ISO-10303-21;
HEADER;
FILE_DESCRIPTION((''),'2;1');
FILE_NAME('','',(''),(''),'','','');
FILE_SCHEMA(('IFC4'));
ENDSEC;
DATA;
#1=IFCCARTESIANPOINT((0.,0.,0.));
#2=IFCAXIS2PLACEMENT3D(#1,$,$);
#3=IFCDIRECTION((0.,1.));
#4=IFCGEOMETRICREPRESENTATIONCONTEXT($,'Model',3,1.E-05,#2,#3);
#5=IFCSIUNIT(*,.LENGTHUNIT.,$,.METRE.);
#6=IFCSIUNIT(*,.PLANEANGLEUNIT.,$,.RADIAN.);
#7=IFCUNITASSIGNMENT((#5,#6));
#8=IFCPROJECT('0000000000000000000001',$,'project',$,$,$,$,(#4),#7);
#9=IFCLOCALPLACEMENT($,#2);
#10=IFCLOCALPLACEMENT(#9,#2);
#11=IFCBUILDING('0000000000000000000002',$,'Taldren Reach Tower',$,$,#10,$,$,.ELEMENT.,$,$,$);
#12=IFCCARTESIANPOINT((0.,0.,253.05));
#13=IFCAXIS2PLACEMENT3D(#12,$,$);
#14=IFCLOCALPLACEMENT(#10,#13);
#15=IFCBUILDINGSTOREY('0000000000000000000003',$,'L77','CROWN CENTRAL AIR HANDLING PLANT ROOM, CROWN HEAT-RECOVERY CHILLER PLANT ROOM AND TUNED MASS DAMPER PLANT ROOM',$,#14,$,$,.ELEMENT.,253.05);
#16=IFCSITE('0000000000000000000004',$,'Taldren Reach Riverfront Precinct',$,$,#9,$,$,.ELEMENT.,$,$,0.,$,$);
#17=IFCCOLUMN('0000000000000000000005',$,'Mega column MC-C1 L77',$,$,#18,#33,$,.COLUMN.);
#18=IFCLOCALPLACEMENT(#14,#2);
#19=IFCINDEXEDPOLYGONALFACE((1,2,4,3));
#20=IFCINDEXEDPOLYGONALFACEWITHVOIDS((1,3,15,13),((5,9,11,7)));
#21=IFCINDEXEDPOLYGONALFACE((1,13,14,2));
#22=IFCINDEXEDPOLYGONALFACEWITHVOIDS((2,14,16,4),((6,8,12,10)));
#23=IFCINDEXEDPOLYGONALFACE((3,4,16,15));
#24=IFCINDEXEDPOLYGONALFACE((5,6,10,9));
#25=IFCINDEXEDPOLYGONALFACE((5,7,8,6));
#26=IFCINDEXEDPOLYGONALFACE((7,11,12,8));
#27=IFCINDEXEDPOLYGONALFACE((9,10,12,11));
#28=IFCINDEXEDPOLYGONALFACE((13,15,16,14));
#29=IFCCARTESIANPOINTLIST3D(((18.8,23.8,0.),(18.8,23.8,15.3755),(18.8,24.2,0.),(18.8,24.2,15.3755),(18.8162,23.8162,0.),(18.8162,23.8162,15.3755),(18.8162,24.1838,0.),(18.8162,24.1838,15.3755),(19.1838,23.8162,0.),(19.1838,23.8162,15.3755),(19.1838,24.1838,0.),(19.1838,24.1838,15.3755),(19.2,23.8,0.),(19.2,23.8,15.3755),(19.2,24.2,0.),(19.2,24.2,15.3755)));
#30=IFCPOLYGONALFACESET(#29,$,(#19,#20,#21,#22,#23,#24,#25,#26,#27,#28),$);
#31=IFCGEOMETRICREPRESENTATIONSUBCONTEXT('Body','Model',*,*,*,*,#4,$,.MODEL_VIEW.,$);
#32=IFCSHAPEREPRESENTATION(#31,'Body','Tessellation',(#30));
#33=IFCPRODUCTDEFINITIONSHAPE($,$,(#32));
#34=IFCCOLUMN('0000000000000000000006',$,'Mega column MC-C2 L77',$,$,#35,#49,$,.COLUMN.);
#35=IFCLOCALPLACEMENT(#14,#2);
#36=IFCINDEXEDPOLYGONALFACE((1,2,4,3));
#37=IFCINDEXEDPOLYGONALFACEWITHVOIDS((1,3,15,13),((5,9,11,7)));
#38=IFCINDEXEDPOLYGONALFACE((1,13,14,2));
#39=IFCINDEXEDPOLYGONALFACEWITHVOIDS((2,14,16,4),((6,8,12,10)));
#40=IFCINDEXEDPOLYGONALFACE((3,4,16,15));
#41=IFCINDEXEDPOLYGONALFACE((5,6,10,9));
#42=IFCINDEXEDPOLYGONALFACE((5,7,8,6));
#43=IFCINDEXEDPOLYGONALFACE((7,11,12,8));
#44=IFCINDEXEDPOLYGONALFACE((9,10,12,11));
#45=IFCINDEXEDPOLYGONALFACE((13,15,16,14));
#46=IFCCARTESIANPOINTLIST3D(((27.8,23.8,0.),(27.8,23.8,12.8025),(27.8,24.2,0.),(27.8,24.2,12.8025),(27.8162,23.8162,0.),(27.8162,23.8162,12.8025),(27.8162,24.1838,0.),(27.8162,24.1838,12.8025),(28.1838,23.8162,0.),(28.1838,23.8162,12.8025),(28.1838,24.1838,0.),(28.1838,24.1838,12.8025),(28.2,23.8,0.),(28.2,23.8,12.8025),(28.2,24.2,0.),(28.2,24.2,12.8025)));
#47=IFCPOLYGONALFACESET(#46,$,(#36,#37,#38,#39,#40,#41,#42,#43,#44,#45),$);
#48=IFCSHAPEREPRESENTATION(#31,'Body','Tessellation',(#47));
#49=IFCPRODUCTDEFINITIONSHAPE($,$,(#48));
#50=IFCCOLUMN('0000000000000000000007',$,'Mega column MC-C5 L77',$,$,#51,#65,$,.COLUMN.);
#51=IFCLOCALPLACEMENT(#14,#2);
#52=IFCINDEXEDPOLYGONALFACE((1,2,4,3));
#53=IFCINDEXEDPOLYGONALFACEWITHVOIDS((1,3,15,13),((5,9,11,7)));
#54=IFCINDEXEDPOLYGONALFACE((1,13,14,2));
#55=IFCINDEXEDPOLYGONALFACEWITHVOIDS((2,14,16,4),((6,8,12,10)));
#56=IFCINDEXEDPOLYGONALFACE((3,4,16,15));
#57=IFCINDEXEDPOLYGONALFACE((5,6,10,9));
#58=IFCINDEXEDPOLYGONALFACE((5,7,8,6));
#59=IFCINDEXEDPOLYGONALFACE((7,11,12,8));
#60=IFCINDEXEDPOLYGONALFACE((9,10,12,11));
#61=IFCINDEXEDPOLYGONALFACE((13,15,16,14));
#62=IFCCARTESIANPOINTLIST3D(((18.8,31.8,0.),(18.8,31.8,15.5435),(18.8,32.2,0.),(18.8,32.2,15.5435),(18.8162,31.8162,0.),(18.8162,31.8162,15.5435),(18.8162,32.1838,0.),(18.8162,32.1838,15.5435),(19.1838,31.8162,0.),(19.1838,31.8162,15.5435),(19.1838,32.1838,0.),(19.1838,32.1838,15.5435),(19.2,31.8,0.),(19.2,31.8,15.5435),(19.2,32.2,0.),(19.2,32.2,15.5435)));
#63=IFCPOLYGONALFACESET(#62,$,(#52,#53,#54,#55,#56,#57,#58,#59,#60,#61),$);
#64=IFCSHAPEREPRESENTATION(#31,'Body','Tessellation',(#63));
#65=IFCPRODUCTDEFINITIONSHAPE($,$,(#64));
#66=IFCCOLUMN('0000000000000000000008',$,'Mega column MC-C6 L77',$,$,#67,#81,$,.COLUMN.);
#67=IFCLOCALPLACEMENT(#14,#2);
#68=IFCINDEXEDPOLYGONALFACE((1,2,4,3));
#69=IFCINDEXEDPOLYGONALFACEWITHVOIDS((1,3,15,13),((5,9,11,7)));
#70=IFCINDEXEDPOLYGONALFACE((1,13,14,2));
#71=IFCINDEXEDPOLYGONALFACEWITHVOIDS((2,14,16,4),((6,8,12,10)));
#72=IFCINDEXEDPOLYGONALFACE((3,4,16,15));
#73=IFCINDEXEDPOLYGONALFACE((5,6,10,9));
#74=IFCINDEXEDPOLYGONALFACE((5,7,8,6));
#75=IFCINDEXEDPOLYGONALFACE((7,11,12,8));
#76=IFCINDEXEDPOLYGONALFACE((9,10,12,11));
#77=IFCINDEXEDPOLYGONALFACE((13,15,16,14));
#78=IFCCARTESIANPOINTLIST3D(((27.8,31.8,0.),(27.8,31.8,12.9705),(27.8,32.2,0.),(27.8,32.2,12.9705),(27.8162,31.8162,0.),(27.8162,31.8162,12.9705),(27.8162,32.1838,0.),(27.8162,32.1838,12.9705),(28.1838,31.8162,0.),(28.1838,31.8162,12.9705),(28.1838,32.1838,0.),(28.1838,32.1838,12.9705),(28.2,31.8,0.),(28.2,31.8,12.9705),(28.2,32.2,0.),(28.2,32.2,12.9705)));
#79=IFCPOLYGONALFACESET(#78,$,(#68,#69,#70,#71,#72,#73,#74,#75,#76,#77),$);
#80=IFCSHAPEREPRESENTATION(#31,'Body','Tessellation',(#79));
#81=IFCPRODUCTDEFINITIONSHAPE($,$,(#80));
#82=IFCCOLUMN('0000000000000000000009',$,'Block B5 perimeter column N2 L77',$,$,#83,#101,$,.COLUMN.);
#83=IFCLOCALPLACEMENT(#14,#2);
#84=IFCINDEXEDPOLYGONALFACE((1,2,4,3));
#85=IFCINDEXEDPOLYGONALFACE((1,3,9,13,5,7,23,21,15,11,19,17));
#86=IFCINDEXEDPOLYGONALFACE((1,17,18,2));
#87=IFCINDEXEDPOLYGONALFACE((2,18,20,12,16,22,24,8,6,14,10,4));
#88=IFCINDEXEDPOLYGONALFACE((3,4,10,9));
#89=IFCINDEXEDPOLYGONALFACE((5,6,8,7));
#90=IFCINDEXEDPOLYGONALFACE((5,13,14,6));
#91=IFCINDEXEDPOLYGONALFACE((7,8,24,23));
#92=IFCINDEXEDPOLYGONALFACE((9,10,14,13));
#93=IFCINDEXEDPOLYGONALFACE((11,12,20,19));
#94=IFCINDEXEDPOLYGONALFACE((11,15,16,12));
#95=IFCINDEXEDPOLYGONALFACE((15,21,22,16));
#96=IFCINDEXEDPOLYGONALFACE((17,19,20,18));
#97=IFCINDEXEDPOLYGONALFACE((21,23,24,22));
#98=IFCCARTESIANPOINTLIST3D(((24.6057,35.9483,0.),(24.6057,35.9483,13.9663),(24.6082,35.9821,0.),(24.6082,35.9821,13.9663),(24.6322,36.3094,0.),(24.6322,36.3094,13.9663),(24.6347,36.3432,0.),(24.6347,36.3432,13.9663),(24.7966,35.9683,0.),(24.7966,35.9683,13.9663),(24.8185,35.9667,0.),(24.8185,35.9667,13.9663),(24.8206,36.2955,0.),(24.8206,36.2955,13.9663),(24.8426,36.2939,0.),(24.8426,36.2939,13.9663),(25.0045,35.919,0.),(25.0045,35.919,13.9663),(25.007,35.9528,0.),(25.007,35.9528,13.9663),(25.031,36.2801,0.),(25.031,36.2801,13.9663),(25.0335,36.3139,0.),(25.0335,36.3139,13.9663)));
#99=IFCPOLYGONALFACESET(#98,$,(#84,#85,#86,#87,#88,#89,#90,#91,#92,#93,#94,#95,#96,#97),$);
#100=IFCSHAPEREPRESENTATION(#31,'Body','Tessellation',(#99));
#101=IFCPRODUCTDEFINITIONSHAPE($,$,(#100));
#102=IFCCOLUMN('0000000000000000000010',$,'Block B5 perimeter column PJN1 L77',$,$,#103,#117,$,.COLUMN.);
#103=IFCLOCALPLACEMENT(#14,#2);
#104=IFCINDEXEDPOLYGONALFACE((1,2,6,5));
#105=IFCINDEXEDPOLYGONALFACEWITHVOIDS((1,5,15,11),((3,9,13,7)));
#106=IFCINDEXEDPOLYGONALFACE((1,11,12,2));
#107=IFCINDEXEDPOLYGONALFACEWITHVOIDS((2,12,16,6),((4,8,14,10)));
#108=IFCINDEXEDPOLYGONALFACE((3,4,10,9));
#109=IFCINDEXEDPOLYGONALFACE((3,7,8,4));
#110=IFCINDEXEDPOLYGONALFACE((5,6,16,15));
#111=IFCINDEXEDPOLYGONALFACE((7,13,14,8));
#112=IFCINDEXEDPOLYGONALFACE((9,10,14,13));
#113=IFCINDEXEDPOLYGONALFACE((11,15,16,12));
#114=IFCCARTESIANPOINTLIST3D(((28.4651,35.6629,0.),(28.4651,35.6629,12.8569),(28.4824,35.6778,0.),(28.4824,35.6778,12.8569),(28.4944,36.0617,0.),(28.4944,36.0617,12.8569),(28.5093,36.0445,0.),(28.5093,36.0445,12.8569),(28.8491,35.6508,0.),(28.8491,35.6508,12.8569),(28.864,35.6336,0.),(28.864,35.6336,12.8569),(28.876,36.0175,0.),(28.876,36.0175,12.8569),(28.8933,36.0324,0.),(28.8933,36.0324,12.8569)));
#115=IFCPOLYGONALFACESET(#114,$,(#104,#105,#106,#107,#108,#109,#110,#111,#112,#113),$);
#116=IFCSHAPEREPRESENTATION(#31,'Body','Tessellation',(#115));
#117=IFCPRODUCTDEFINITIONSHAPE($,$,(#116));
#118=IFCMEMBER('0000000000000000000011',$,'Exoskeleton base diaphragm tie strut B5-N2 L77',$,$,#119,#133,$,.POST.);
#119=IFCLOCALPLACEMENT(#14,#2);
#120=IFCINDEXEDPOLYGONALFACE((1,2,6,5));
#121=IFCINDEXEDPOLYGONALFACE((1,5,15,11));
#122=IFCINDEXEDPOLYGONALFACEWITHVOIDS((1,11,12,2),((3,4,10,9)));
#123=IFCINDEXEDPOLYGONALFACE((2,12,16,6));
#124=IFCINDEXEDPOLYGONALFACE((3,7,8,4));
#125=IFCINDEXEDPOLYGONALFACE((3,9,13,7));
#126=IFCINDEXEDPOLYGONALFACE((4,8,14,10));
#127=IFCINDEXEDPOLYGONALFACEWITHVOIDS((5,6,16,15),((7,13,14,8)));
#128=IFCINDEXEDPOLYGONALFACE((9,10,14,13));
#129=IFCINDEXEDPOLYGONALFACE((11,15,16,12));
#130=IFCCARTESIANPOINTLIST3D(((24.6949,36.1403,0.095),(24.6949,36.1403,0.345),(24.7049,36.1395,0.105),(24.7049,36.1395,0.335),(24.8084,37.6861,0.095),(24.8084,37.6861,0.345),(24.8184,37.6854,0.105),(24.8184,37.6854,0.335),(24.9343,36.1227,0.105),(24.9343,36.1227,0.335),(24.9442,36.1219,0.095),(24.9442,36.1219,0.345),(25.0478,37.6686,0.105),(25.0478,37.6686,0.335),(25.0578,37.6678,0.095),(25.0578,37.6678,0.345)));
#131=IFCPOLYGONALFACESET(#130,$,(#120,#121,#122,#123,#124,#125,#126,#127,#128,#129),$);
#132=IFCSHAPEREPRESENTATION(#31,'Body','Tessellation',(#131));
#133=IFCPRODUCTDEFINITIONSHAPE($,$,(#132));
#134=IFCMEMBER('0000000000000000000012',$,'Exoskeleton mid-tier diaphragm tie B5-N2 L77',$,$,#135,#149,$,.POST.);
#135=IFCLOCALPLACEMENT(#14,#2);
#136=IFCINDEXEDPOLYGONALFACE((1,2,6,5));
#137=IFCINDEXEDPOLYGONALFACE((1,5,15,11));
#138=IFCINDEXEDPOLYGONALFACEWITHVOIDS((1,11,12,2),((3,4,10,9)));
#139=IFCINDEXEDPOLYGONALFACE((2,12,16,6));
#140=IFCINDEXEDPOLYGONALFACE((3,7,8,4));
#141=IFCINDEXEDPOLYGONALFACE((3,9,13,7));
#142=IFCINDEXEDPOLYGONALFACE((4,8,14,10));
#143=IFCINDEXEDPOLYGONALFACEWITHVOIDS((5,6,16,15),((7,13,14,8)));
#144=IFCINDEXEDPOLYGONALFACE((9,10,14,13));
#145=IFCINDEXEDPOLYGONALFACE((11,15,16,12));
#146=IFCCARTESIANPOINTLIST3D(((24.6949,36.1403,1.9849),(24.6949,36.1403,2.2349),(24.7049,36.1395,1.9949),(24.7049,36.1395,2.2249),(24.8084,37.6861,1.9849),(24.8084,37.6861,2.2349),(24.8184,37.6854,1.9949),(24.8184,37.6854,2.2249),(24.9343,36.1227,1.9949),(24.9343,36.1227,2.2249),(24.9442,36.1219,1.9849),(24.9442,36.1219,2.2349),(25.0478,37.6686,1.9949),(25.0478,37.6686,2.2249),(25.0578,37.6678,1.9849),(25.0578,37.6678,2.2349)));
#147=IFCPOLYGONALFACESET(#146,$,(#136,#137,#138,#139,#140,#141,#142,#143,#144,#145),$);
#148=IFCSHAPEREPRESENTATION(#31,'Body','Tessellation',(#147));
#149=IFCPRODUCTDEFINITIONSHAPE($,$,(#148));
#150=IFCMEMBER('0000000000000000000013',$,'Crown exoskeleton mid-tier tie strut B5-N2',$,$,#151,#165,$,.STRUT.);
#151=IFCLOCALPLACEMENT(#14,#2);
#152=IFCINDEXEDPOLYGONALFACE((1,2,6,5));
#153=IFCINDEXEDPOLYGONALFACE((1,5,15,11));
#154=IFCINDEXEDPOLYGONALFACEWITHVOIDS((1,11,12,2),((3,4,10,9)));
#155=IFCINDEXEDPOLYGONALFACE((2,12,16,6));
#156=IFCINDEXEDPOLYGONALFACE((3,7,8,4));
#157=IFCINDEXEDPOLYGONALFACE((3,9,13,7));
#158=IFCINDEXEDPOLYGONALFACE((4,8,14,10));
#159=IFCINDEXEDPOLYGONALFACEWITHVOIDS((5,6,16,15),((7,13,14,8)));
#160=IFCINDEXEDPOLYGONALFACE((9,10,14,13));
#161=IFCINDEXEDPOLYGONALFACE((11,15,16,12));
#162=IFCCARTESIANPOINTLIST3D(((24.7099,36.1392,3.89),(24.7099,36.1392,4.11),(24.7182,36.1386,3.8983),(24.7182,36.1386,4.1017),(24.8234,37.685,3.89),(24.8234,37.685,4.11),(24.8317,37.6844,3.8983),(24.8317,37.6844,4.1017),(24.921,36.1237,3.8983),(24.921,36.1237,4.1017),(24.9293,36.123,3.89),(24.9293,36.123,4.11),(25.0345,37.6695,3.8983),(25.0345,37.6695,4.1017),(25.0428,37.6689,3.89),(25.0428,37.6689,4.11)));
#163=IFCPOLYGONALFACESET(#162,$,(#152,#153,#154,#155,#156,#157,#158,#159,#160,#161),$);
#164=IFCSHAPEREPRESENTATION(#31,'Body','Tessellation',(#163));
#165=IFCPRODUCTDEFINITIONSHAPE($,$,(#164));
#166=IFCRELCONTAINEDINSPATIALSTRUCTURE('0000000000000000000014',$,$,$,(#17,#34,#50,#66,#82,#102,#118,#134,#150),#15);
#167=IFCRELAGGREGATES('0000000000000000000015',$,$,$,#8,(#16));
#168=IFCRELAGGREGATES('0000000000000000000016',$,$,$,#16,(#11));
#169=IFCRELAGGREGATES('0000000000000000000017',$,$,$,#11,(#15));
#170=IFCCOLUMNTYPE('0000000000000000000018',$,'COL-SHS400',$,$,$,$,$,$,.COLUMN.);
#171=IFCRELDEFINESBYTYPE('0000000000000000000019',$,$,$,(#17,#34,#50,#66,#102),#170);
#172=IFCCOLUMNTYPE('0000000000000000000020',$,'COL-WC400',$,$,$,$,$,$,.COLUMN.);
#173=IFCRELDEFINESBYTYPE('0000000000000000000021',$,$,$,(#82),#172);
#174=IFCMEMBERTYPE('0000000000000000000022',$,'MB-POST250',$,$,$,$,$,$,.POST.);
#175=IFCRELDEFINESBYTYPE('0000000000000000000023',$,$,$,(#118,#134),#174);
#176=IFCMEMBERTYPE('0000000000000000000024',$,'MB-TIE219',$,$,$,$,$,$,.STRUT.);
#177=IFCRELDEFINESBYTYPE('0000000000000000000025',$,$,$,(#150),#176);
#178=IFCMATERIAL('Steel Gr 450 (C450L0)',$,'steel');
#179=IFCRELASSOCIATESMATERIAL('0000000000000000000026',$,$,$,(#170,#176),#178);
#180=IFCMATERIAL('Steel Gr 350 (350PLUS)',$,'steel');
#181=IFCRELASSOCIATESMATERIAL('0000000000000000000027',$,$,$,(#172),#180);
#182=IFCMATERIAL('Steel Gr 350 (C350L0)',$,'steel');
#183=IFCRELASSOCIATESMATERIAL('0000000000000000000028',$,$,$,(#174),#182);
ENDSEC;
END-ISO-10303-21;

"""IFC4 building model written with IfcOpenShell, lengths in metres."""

from ifc_helpers import new_model, si_unit, direction, frame, origin, origin_2d, place, context, subcontext, project, spatial, hollow_rectangle, i_section, extrude, source, transform, mapped, material, material_profile, profile_set, type_object, element, save


model = new_model("IFC4")

# Units and contexts
model_context = context("Model", 3, precision=1e-05, world=origin(), true_north=direction((0.0, 1.0)))
body_context = subcontext(model_context, "Body", "Model", "MODEL_VIEW")
ifc_project = project(units=[si_unit("LENGTHUNIT", "METRE"), si_unit("PLANEANGLEUNIT", "RADIAN")], contexts=[model_context])

# Site, building, storey
site_placement = place(None, origin())
site = spatial("IfcSite", under=ifc_project, at=site_placement, Name="Taldren Reach Riverfront Precinct", CompositionType="ELEMENT", RefElevation=0.0)
building_placement = place(site_placement, origin())
building = spatial("IfcBuilding", under=site, at=building_placement, Name="Taldren Reach Tower", CompositionType="ELEMENT")
storey_placement = place(building_placement, frame((0.0, 0.0, 253.05)))
storey = spatial("IfcBuildingStorey", under=building, at=storey_placement, Name="L77", Description="CROWN CENTRAL AIR HANDLING PLANT ROOM, CROWN HEAT-RECOVERY CHILLER PLANT ROOM AND TUNED MASS DAMPER PLANT ROOM", CompositionType="ELEMENT", Elevation=253.05)

# Columns
ifc_material_1 = material(Name="Steel Gr 450 (C450L0)", Category="steel")
ifc_material_profile_1 = material_profile(ifc_material_1, hollow_rectangle(XDim=0.3999, YDim=0.3999, WallThickness=0.0161, at=origin_2d()), Name="400x400x16.0SHS")
ifc_profile_set_1 = profile_set([ifc_material_profile_1], Name="Steel Gr 450 (C450L0)")
column_type_1 = type_object("IfcColumnType", Name="COL-SHS400", PredefinedType="COLUMN", material=ifc_profile_set_1)
shared_shape_1 = source(origin(), body_context, "Body", "SweptSolid", [
    extrude(hollow_rectangle(XDim=0.3999, YDim=0.3999, WallThickness=0.0161, at=origin_2d()), origin(), (0.0, 0.0, 1.0), 15.3755),
])
column_1_placement = place(storey_placement, frame((19.0, 24.0, 0.0), z_axis=(0.0, 0.0, 1.0), x_axis=(1.0, 0.0, 0.0)))
element("IfcColumn", 1, at=column_1_placement, inside=storey, type_object=column_type_1, Name="Mega column MC-C1 L77", PredefinedType="COLUMN", context=body_context, shape_type="MappedRepresentation", body=[
    mapped(shared_shape_1, transform((0.0, 0.0, 0.0), scale=1.0)),
])
shared_shape_2 = source(origin(), body_context, "Body", "SweptSolid", [
    extrude(hollow_rectangle(XDim=0.3999, YDim=0.3999, WallThickness=0.0161, at=origin_2d()), origin(), (0.0, 0.0, 1.0), 12.8025),
])
column_2_placement = place(storey_placement, frame((28.0, 24.0, 0.0), z_axis=(0.0, 0.0, 1.0), x_axis=(1.0, 0.0, 0.0)))
element("IfcColumn", 2, at=column_2_placement, inside=storey, type_object=column_type_1, Name="Mega column MC-C2 L77", PredefinedType="COLUMN", context=body_context, shape_type="MappedRepresentation", body=[
    mapped(shared_shape_2, transform((0.0, 0.0, 0.0), scale=1.0)),
])
shared_shape_3 = source(origin(), body_context, "Body", "SweptSolid", [
    extrude(hollow_rectangle(XDim=0.3999, YDim=0.3999, WallThickness=0.0161, at=origin_2d()), origin(), (0.0, 0.0, 1.0), 15.5435),
])
column_3_placement = place(storey_placement, frame((19.0, 32.0, 0.0), z_axis=(0.0, 0.0, 1.0), x_axis=(1.0, 0.0, 0.0)))
element("IfcColumn", 3, at=column_3_placement, inside=storey, type_object=column_type_1, Name="Mega column MC-C5 L77", PredefinedType="COLUMN", context=body_context, shape_type="MappedRepresentation", body=[
    mapped(shared_shape_3, transform((0.0, 0.0, 0.0), scale=1.0)),
])
shared_shape_4 = source(origin(), body_context, "Body", "SweptSolid", [
    extrude(hollow_rectangle(XDim=0.3999, YDim=0.3999, WallThickness=0.0161, at=origin_2d()), origin(), (0.0, 0.0, 1.0), 12.9705),
])
column_4_placement = place(storey_placement, frame((28.0, 32.0, 0.0), z_axis=(0.0, 0.0, 1.0), x_axis=(1.0, 0.0, 0.0)))
element("IfcColumn", 4, at=column_4_placement, inside=storey, type_object=column_type_1, Name="Mega column MC-C6 L77", PredefinedType="COLUMN", context=body_context, shape_type="MappedRepresentation", body=[
    mapped(shared_shape_4, transform((0.0, 0.0, 0.0), scale=1.0)),
])
ifc_material_2 = material(Name="Steel Gr 350 (350PLUS)", Category="steel")
ifc_material_profile_2 = material_profile(ifc_material_2, i_section(OverallWidth=0.3999, OverallDepth=0.396, WebThickness=0.022, FlangeThickness=0.0339, at=origin_2d()), Name="400WC270")
ifc_profile_set_2 = profile_set([ifc_material_profile_2], Name="Steel Gr 350 (350PLUS)")
column_type_2 = type_object("IfcColumnType", Name="COL-WC400", PredefinedType="COLUMN", material=ifc_profile_set_2)
shared_shape_5 = source(origin(), body_context, "Body", "SweptSolid", [
    extrude(i_section(OverallWidth=0.3999, OverallDepth=0.396, WebThickness=0.022, FlangeThickness=0.0339, at=origin_2d()), origin(), (0.0, 0.0, 1.0), 13.9663),
])
column_5_placement = place(storey_placement, frame((24.8196, 36.1311, 0.0), z_axis=(0.0, 0.0, 1.0), x_axis=(0.997314, -0.073238, 0.0)))
element("IfcColumn", 5, at=column_5_placement, inside=storey, type_object=column_type_2, Name="Block B5 perimeter column N2 L77", PredefinedType="COLUMN", context=body_context, shape_type="MappedRepresentation", body=[
    mapped(shared_shape_5, transform((0.0, 0.0, 0.0), scale=1.0)),
])
shared_shape_6 = source(origin(), body_context, "Body", "SweptSolid", [
    extrude(hollow_rectangle(XDim=0.3999, YDim=0.3999, WallThickness=0.0161, at=origin_2d()), origin(), (0.0, 0.0, 1.0), 12.8569),
])
column_6_placement = place(storey_placement, frame((28.6792, 35.8477, 0.0), z_axis=(0.0, 0.0, 1.0), x_axis=(0.997314, -0.073238, 0.0)))
element("IfcColumn", 6, at=column_6_placement, inside=storey, type_object=column_type_1, Name="Block B5 perimeter column PJN1 L77", PredefinedType="COLUMN", context=body_context, shape_type="MappedRepresentation", body=[
    mapped(shared_shape_6, transform((0.0, 0.0, 0.0), scale=1.0)),
])

# Members
ifc_material_3 = material(Name="Steel Gr 350 (C350L0)", Category="steel")
ifc_material_profile_3 = material_profile(ifc_material_3, hollow_rectangle(XDim=0.25, YDim=0.25, WallThickness=0.01, at=origin_2d()), Name="250x250x10.0SHS")
ifc_profile_set_3 = profile_set([ifc_material_profile_3], Name="Steel Gr 350 (C350L0)")
member_type_1 = type_object("IfcMemberType", Name="MB-POST250", PredefinedType="POST", material=ifc_profile_set_3)
shared_shape_7 = source(origin(), body_context, "Body", "SweptSolid", [
    extrude(hollow_rectangle(XDim=0.25, YDim=0.25, WallThickness=0.01, at=origin_2d()), origin(), (0.0, 0.0, 1.0), 1.55),
])
for number, where, z_axis, x_axis, name in (
    (7, (24.8196, 36.1311, 0.22), (0.073239, 0.997314, 0.0), (-0.997314, 0.073239, 0.0), "Exoskeleton base diaphragm tie strut B5-N2 L77"),
    (8, (24.8196, 36.1311, 2.1099), (0.073239, 0.997314, 0.0), (-0.997314, 0.073239, 0.0), "Exoskeleton mid-tier diaphragm tie B5-N2 L77"),
):
    element("IfcMember", number, at=place(storey_placement, frame(where, z_axis=z_axis, x_axis=x_axis)), inside=storey, type_object=member_type_1, Name=name, PredefinedType="POST", context=body_context, shape_type="MappedRepresentation", body=[
        mapped(shared_shape_7, transform((0.0, 0.0, 0.0), scale=1.0)),
    ])
ifc_material_profile_4 = material_profile(ifc_material_1, hollow_rectangle(XDim=0.22, YDim=0.22, WallThickness=0.0083, at=origin_2d()), Name="220x220x8.2SHS")
ifc_profile_set_4 = profile_set([ifc_material_profile_4], Name="Steel Gr 450 (C450L0)")
member_type_2 = type_object("IfcMemberType", Name="MB-TIE219", PredefinedType="STRUT", material=ifc_profile_set_4)
shared_shape_8 = source(origin(), body_context, "Body", "SweptSolid", [
    extrude(hollow_rectangle(XDim=0.22, YDim=0.22, WallThickness=0.0083, at=origin_2d()), origin(), (0.0, 0.0, 1.0), 1.55),
])
member_1_placement = place(storey_placement, frame((24.8196, 36.1311, 4.0), z_axis=(0.073239, 0.997314, 0.0), x_axis=(-0.997314, 0.073239, 0.0)))
element("IfcMember", 9, at=member_1_placement, inside=storey, type_object=member_type_2, Name="Crown exoskeleton mid-tier tie strut B5-N2", PredefinedType="STRUT", context=body_context, shape_type="MappedRepresentation", body=[
    mapped(shared_shape_8, transform((0.0, 0.0, 0.0), scale=1.0)),
])

save(model, "model.ifc")
